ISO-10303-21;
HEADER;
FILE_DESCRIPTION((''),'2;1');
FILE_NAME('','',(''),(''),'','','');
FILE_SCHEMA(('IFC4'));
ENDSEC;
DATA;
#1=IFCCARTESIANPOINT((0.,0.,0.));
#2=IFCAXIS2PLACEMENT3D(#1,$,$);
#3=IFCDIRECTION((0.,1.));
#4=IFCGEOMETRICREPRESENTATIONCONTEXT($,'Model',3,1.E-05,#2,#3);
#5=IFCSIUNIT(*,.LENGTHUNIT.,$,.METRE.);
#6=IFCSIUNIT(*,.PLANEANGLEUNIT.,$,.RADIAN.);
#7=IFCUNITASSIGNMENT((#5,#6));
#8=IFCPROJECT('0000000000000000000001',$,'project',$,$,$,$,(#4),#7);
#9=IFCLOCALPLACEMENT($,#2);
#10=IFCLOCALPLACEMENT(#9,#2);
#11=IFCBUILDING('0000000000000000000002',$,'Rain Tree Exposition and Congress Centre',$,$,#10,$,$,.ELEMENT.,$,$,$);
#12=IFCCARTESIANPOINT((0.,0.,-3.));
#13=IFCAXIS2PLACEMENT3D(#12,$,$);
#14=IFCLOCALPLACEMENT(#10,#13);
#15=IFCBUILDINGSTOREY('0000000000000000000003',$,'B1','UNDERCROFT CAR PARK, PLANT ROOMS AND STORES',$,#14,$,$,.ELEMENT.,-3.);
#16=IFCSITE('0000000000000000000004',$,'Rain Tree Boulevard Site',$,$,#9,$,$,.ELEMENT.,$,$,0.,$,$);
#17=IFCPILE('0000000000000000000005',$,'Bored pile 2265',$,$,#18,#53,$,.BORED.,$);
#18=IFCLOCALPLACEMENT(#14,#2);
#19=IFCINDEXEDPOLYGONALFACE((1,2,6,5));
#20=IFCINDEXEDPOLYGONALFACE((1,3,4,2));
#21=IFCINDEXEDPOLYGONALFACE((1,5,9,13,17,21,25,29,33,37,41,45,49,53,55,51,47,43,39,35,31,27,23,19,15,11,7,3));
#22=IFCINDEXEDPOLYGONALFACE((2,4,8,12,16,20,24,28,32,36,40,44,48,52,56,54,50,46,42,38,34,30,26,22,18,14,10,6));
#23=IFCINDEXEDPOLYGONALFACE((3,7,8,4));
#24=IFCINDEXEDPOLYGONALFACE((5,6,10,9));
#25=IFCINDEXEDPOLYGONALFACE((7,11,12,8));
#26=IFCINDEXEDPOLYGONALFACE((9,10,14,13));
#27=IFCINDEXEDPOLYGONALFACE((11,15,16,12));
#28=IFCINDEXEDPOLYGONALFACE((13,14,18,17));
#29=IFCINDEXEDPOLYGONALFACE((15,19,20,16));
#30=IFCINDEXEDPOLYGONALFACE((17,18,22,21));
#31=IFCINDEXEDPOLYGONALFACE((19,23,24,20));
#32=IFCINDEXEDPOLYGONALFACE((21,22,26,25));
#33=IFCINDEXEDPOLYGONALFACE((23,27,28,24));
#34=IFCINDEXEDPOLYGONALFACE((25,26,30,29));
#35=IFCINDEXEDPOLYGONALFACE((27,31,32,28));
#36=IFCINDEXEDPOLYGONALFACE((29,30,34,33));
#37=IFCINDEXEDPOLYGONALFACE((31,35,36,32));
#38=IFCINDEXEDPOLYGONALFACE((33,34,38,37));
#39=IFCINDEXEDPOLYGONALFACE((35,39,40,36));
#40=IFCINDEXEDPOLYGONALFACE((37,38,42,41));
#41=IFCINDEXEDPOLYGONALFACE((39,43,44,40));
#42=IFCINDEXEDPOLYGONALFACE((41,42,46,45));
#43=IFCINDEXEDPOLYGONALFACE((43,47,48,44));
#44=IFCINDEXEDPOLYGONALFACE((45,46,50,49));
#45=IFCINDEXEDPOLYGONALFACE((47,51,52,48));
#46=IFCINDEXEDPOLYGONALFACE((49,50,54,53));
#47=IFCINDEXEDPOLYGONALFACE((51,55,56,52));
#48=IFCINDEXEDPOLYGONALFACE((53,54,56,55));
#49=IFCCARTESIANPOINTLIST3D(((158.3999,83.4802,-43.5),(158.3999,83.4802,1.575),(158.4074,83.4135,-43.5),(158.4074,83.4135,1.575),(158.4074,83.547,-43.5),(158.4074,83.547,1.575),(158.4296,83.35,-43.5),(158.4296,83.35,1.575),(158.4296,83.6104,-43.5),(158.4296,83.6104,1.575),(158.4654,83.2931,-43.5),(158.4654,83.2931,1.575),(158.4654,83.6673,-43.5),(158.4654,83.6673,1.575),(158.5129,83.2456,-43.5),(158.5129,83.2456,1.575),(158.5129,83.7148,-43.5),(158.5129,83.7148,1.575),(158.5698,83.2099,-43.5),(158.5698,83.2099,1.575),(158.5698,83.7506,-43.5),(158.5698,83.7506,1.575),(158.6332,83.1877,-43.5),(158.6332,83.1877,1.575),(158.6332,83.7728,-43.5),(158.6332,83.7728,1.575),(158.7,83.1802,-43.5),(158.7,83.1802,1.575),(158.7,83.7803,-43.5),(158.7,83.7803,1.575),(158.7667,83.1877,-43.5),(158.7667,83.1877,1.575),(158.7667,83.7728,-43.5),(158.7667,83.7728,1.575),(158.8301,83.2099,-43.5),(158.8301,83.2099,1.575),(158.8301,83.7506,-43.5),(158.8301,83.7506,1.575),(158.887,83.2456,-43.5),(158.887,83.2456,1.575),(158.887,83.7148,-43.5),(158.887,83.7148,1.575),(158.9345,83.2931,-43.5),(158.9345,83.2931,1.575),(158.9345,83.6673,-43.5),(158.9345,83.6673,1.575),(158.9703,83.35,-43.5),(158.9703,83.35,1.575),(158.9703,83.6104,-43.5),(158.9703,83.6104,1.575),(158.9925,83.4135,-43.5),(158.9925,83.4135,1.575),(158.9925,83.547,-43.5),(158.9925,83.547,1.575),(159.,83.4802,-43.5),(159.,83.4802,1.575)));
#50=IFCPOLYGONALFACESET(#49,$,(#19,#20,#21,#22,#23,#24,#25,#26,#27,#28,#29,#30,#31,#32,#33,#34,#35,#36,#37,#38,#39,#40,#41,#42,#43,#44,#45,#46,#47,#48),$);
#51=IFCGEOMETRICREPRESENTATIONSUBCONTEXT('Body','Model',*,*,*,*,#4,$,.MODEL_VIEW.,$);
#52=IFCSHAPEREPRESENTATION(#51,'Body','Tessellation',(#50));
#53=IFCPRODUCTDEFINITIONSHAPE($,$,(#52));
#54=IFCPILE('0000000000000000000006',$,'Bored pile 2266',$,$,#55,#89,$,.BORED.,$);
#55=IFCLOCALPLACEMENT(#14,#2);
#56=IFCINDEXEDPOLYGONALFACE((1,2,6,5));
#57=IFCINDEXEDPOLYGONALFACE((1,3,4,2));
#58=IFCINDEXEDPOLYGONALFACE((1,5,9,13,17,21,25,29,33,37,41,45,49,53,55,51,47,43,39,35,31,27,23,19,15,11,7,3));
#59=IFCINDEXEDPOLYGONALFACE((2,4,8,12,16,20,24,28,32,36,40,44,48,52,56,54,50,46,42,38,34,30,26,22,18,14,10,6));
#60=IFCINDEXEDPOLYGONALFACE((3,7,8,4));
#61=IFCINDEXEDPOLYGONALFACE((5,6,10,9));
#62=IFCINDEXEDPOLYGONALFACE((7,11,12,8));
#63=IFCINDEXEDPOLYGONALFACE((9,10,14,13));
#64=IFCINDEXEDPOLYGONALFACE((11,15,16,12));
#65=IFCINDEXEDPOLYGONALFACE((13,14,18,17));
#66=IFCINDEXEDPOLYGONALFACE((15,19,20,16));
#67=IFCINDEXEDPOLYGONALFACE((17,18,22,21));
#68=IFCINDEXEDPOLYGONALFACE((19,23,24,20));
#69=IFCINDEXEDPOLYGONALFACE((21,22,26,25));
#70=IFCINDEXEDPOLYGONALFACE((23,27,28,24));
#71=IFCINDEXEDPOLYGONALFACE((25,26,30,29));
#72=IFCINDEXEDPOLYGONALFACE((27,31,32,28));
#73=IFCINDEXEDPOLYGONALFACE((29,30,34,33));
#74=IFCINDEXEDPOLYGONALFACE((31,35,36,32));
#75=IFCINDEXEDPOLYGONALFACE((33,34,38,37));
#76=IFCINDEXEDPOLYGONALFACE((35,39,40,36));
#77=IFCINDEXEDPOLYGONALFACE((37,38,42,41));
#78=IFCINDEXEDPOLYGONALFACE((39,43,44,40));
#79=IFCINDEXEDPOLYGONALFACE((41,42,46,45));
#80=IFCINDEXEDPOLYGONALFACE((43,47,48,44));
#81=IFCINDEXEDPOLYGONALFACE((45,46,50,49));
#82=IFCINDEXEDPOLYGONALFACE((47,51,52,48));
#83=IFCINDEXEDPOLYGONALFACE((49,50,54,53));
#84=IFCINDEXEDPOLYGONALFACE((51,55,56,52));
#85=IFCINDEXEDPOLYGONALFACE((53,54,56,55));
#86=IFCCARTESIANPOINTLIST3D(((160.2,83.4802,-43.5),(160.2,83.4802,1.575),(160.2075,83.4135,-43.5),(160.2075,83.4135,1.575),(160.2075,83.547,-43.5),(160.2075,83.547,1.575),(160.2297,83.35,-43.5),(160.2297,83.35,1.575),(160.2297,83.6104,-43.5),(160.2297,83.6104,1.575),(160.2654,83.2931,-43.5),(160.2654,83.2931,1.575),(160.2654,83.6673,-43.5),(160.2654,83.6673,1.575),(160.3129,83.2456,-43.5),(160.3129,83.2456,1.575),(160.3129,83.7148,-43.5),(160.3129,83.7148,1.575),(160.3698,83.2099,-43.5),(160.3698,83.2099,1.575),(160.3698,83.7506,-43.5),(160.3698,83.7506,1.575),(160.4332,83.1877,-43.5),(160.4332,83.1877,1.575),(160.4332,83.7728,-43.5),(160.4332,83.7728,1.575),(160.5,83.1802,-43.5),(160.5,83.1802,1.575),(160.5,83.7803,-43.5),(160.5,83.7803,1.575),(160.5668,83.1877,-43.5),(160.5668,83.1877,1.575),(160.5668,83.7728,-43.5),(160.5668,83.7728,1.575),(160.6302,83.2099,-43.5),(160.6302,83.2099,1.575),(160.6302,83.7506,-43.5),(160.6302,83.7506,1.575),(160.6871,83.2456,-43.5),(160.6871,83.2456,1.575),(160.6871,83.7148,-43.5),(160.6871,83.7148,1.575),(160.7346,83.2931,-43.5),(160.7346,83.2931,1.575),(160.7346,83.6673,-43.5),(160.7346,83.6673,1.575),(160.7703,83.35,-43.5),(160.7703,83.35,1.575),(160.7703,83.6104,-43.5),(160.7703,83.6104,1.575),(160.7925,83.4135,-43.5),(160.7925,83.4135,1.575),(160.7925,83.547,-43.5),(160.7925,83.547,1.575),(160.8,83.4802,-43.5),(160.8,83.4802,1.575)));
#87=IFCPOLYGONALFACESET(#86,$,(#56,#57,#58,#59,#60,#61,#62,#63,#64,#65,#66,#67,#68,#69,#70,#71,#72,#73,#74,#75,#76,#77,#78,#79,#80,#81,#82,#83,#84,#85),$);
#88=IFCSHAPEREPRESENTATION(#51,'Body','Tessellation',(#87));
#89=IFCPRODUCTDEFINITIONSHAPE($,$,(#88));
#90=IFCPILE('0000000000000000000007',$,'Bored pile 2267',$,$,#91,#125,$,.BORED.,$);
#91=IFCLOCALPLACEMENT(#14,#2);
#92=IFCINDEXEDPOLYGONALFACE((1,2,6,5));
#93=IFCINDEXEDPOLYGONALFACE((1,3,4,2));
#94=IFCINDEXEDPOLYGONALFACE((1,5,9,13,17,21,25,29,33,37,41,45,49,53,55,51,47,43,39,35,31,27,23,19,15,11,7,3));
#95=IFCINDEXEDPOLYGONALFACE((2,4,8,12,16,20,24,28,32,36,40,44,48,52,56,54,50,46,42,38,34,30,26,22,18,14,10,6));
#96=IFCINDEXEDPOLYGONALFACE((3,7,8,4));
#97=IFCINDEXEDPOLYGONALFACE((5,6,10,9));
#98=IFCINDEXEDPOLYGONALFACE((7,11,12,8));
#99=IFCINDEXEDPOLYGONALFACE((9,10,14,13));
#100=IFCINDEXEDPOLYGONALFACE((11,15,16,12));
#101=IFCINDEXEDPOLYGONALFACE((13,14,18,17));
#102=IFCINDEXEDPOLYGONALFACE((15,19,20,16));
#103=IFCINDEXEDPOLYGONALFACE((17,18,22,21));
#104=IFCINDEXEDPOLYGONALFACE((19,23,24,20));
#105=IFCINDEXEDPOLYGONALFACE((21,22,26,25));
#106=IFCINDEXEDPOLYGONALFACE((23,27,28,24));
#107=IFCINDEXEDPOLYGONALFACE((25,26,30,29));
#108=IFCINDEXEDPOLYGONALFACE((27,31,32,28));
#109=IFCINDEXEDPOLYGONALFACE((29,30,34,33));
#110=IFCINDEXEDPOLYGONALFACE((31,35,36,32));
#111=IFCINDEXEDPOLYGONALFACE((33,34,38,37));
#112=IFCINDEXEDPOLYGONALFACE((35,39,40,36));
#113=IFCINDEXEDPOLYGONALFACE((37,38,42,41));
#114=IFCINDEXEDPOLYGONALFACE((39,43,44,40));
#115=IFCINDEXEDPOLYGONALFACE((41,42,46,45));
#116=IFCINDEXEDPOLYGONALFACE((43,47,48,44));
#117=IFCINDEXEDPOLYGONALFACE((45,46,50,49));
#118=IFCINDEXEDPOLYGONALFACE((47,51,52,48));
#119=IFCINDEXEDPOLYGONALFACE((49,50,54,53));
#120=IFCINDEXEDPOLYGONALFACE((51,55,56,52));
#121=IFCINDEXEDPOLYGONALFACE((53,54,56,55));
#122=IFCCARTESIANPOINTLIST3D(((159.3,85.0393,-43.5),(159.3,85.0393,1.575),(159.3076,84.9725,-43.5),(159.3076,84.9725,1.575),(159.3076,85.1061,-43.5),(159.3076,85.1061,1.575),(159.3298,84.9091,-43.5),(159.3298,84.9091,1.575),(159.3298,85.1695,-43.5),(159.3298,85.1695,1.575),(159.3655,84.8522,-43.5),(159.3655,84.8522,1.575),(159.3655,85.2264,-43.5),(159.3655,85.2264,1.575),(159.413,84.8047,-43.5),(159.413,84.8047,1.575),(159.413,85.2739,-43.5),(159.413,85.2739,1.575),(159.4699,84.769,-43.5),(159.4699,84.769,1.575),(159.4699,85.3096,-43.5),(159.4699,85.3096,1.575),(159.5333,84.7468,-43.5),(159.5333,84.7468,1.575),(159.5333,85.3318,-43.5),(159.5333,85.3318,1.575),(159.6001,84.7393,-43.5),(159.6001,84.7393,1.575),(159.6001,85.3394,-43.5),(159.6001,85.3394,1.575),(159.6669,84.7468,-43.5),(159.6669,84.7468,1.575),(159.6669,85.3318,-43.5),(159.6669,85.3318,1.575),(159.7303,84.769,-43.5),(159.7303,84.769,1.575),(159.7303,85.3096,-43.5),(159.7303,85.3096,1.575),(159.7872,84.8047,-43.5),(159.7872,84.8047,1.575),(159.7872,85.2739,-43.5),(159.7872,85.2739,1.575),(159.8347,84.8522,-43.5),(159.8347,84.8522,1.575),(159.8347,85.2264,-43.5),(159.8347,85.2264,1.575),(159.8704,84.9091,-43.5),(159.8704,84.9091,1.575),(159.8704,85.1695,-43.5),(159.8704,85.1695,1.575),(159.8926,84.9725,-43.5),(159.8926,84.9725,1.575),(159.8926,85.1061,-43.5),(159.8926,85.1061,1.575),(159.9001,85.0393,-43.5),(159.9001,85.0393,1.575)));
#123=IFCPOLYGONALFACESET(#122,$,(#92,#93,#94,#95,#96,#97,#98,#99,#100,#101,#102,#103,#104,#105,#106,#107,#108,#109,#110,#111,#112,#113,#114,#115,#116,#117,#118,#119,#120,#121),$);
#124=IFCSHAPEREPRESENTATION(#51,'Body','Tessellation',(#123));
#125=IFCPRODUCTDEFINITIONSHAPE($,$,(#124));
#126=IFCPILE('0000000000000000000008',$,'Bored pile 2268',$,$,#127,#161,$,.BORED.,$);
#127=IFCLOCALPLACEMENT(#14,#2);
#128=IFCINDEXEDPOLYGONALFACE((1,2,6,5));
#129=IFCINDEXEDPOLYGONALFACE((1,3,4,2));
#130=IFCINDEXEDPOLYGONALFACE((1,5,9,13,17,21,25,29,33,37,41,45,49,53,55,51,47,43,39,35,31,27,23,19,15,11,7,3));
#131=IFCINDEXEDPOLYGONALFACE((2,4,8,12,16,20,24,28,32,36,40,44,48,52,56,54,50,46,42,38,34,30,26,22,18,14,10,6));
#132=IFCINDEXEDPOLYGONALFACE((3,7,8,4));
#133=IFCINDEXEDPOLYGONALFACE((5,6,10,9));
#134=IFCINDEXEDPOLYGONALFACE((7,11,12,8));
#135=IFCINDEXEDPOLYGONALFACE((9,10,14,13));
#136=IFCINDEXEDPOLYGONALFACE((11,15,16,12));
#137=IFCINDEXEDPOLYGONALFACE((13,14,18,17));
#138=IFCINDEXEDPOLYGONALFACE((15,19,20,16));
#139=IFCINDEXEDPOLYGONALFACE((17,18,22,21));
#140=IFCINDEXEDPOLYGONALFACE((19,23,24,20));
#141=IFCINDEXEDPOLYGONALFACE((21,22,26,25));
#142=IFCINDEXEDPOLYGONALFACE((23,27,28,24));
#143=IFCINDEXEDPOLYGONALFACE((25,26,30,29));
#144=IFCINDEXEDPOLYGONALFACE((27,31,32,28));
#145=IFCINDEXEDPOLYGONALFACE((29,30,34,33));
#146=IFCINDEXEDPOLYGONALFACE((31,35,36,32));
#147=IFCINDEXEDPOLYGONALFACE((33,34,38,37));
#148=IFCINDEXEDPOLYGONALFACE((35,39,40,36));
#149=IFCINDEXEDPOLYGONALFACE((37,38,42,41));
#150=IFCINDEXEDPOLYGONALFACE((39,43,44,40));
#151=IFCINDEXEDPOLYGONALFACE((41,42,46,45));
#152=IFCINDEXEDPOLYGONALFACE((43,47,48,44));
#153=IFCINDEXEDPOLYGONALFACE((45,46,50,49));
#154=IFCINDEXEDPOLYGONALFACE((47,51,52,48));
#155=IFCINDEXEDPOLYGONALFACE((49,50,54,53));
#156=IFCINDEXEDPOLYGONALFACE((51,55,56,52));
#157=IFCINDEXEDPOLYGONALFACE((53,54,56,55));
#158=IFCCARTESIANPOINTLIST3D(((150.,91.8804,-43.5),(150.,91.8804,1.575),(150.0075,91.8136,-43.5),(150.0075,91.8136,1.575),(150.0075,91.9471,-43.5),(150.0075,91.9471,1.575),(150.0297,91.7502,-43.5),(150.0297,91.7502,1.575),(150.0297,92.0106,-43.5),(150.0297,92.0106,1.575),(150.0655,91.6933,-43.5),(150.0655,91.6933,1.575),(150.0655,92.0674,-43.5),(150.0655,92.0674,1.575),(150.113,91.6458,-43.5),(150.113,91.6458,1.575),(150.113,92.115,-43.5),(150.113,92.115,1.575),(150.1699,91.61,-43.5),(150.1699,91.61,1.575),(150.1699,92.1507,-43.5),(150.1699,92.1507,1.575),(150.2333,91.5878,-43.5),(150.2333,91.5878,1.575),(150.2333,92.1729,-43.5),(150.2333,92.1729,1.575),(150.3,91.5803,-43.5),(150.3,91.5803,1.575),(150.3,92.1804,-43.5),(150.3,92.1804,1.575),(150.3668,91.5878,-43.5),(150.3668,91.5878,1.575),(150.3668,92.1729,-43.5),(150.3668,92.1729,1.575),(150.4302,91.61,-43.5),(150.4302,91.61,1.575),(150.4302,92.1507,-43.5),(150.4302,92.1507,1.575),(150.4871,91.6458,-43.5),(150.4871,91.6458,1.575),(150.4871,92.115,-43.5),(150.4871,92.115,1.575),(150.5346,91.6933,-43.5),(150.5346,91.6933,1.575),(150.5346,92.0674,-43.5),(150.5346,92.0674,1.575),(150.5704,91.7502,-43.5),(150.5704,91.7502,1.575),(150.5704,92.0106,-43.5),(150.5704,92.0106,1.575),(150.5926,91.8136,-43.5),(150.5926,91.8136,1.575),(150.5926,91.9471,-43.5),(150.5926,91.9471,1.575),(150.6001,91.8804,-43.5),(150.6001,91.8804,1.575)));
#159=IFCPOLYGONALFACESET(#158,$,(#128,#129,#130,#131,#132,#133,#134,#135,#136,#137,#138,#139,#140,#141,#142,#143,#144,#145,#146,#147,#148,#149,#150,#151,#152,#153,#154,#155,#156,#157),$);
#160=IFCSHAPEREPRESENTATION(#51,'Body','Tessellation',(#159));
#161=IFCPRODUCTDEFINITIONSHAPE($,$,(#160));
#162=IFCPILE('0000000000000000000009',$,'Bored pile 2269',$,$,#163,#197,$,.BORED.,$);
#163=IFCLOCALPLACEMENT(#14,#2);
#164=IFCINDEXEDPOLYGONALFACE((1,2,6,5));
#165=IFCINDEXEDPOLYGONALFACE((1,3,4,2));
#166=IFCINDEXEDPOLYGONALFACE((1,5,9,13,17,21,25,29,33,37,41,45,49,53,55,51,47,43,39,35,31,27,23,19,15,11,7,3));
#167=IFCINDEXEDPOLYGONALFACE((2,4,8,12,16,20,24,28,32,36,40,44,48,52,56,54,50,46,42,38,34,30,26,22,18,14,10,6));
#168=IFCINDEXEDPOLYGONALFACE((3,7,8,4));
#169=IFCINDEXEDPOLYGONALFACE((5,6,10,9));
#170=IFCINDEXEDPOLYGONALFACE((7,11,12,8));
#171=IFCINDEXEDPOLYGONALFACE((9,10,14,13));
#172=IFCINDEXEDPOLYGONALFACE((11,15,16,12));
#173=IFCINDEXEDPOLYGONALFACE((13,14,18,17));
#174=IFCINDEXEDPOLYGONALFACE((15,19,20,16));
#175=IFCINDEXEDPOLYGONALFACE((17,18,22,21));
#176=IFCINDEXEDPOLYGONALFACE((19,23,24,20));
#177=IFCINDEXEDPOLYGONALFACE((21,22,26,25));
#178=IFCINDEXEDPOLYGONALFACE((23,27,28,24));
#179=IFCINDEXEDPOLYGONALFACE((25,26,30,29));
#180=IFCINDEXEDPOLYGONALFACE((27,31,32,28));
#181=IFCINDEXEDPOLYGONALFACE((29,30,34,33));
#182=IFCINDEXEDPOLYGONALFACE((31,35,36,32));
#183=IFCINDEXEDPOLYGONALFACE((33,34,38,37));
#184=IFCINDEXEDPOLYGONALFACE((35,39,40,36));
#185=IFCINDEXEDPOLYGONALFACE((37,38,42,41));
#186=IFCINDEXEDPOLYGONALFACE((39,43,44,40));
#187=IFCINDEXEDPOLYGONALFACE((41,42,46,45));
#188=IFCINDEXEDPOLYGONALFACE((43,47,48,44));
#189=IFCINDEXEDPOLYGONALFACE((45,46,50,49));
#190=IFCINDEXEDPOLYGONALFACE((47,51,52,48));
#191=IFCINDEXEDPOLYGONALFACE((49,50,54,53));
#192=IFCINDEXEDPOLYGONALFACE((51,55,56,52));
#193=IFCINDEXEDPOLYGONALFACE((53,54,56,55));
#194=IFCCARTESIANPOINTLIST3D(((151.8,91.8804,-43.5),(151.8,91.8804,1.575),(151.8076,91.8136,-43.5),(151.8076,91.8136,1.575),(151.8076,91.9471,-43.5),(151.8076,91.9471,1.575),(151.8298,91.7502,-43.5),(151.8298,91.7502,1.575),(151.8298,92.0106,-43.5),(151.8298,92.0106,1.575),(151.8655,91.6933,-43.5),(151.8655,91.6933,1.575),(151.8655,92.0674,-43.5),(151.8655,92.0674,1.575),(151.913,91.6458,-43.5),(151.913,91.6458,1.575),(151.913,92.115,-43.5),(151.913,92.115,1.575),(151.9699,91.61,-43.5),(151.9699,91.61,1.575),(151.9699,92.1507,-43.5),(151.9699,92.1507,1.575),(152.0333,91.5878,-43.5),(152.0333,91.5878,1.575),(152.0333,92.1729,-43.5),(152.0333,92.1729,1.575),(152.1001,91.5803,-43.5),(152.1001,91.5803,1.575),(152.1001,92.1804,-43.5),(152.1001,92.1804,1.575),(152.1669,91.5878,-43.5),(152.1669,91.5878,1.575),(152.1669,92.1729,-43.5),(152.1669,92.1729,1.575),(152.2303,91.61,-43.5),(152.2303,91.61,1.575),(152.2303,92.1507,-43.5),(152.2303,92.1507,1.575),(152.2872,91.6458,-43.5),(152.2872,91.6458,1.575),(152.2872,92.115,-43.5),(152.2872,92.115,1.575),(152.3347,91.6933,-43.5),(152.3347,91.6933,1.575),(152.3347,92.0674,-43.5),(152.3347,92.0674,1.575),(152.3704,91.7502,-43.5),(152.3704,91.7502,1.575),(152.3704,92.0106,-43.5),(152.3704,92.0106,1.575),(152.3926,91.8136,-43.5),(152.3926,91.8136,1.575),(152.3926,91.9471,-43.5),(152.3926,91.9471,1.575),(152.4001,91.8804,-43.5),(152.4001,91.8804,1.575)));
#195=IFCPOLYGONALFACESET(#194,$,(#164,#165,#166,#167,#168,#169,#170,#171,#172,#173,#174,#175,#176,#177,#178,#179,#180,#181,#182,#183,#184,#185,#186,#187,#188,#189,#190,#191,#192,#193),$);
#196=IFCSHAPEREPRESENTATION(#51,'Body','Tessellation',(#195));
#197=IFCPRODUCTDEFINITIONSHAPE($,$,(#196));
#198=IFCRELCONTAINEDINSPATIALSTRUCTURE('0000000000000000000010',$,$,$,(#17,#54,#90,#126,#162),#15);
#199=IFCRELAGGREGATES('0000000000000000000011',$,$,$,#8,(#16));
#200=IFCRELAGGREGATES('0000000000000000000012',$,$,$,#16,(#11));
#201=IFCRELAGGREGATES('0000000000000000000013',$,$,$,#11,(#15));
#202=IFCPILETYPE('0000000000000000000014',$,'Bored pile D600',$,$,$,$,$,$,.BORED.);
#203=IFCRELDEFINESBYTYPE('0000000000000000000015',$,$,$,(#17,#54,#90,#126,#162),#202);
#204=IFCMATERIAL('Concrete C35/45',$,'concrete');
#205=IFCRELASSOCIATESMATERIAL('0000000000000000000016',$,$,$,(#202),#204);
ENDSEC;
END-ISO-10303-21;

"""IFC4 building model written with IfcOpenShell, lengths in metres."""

from ifc_helpers import new_model, si_unit, direction, frame, origin, origin_2d, place, context, subcontext, project, spatial, circle, extrude, material, material_profile, profile_set, type_object, element, save


model = new_model("IFC4")

# Units and contexts
model_context = context("Model", 3, precision=1e-05, world=origin(), true_north=direction((0.0, 1.0)))
body_context = subcontext(model_context, "Body", "Model", "MODEL_VIEW")
ifc_project = project(units=[si_unit("LENGTHUNIT", "METRE"), si_unit("PLANEANGLEUNIT", "RADIAN")], contexts=[model_context])

# Site, building, storey
site_placement = place(None, origin())
site = spatial("IfcSite", under=ifc_project, at=site_placement, Name="Rain Tree Boulevard Site", CompositionType="ELEMENT", RefElevation=0.0)
building_placement = place(site_placement, origin())
building = spatial("IfcBuilding", under=site, at=building_placement, Name="Rain Tree Exposition and Congress Centre", CompositionType="ELEMENT")
storey_placement = place(building_placement, frame((0.0, 0.0, -3.0)))
storey = spatial("IfcBuildingStorey", under=building, at=storey_placement, Name="B1", Description="UNDERCROFT CAR PARK, PLANT ROOMS AND STORES", CompositionType="ELEMENT", Elevation=-3.0)

# Piles
ifc_material_1 = material(Name="Concrete C35/45", Category="concrete")
ifc_material_profile_1 = material_profile(ifc_material_1, circle(Radius=0.3, at=origin_2d()), Name="D600")
ifc_profile_set_1 = profile_set([ifc_material_profile_1], Name="Concrete C35/45")
pile_type_1 = type_object("IfcPileType", Name="Bored pile D600", PredefinedType="BORED", material=ifc_profile_set_1)
for number, where, z_axis, x_axis, name in (
    (1, (158.7, 83.4802, 1.575), (0.0, 0.0, -1.0), (1.0, 0.0, 0.0), "Bored pile 2265"),
    (2, (160.5, 83.4802, 1.575), (0.0, 0.0, -1.0), (1.0, 0.0, 0.0), "Bored pile 2266"),
    (3, (159.6001, 85.0393, 1.575), (0.0, 0.0, -1.0), (1.0, 0.0, 0.0), "Bored pile 2267"),
    (4, (150.3, 91.8804, 1.575), (0.0, 0.0, -1.0), (1.0, 0.0, 0.0), "Bored pile 2268"),
    (5, (152.1001, 91.8804, 1.575), (0.0, 0.0, -1.0), (1.0, 0.0, 0.0), "Bored pile 2269"),
):
    element("IfcPile", number, at=place(storey_placement, frame(where, z_axis=z_axis, x_axis=x_axis)), inside=storey, type_object=pile_type_1, Name=name, PredefinedType="BORED", context=body_context, shape_type="SweptSolid", body=[
        extrude(circle(Radius=0.3, at=origin_2d()), origin(), (0.0, 0.0, 1.0), 45.075),
    ])

save(model, "model.ifc")
